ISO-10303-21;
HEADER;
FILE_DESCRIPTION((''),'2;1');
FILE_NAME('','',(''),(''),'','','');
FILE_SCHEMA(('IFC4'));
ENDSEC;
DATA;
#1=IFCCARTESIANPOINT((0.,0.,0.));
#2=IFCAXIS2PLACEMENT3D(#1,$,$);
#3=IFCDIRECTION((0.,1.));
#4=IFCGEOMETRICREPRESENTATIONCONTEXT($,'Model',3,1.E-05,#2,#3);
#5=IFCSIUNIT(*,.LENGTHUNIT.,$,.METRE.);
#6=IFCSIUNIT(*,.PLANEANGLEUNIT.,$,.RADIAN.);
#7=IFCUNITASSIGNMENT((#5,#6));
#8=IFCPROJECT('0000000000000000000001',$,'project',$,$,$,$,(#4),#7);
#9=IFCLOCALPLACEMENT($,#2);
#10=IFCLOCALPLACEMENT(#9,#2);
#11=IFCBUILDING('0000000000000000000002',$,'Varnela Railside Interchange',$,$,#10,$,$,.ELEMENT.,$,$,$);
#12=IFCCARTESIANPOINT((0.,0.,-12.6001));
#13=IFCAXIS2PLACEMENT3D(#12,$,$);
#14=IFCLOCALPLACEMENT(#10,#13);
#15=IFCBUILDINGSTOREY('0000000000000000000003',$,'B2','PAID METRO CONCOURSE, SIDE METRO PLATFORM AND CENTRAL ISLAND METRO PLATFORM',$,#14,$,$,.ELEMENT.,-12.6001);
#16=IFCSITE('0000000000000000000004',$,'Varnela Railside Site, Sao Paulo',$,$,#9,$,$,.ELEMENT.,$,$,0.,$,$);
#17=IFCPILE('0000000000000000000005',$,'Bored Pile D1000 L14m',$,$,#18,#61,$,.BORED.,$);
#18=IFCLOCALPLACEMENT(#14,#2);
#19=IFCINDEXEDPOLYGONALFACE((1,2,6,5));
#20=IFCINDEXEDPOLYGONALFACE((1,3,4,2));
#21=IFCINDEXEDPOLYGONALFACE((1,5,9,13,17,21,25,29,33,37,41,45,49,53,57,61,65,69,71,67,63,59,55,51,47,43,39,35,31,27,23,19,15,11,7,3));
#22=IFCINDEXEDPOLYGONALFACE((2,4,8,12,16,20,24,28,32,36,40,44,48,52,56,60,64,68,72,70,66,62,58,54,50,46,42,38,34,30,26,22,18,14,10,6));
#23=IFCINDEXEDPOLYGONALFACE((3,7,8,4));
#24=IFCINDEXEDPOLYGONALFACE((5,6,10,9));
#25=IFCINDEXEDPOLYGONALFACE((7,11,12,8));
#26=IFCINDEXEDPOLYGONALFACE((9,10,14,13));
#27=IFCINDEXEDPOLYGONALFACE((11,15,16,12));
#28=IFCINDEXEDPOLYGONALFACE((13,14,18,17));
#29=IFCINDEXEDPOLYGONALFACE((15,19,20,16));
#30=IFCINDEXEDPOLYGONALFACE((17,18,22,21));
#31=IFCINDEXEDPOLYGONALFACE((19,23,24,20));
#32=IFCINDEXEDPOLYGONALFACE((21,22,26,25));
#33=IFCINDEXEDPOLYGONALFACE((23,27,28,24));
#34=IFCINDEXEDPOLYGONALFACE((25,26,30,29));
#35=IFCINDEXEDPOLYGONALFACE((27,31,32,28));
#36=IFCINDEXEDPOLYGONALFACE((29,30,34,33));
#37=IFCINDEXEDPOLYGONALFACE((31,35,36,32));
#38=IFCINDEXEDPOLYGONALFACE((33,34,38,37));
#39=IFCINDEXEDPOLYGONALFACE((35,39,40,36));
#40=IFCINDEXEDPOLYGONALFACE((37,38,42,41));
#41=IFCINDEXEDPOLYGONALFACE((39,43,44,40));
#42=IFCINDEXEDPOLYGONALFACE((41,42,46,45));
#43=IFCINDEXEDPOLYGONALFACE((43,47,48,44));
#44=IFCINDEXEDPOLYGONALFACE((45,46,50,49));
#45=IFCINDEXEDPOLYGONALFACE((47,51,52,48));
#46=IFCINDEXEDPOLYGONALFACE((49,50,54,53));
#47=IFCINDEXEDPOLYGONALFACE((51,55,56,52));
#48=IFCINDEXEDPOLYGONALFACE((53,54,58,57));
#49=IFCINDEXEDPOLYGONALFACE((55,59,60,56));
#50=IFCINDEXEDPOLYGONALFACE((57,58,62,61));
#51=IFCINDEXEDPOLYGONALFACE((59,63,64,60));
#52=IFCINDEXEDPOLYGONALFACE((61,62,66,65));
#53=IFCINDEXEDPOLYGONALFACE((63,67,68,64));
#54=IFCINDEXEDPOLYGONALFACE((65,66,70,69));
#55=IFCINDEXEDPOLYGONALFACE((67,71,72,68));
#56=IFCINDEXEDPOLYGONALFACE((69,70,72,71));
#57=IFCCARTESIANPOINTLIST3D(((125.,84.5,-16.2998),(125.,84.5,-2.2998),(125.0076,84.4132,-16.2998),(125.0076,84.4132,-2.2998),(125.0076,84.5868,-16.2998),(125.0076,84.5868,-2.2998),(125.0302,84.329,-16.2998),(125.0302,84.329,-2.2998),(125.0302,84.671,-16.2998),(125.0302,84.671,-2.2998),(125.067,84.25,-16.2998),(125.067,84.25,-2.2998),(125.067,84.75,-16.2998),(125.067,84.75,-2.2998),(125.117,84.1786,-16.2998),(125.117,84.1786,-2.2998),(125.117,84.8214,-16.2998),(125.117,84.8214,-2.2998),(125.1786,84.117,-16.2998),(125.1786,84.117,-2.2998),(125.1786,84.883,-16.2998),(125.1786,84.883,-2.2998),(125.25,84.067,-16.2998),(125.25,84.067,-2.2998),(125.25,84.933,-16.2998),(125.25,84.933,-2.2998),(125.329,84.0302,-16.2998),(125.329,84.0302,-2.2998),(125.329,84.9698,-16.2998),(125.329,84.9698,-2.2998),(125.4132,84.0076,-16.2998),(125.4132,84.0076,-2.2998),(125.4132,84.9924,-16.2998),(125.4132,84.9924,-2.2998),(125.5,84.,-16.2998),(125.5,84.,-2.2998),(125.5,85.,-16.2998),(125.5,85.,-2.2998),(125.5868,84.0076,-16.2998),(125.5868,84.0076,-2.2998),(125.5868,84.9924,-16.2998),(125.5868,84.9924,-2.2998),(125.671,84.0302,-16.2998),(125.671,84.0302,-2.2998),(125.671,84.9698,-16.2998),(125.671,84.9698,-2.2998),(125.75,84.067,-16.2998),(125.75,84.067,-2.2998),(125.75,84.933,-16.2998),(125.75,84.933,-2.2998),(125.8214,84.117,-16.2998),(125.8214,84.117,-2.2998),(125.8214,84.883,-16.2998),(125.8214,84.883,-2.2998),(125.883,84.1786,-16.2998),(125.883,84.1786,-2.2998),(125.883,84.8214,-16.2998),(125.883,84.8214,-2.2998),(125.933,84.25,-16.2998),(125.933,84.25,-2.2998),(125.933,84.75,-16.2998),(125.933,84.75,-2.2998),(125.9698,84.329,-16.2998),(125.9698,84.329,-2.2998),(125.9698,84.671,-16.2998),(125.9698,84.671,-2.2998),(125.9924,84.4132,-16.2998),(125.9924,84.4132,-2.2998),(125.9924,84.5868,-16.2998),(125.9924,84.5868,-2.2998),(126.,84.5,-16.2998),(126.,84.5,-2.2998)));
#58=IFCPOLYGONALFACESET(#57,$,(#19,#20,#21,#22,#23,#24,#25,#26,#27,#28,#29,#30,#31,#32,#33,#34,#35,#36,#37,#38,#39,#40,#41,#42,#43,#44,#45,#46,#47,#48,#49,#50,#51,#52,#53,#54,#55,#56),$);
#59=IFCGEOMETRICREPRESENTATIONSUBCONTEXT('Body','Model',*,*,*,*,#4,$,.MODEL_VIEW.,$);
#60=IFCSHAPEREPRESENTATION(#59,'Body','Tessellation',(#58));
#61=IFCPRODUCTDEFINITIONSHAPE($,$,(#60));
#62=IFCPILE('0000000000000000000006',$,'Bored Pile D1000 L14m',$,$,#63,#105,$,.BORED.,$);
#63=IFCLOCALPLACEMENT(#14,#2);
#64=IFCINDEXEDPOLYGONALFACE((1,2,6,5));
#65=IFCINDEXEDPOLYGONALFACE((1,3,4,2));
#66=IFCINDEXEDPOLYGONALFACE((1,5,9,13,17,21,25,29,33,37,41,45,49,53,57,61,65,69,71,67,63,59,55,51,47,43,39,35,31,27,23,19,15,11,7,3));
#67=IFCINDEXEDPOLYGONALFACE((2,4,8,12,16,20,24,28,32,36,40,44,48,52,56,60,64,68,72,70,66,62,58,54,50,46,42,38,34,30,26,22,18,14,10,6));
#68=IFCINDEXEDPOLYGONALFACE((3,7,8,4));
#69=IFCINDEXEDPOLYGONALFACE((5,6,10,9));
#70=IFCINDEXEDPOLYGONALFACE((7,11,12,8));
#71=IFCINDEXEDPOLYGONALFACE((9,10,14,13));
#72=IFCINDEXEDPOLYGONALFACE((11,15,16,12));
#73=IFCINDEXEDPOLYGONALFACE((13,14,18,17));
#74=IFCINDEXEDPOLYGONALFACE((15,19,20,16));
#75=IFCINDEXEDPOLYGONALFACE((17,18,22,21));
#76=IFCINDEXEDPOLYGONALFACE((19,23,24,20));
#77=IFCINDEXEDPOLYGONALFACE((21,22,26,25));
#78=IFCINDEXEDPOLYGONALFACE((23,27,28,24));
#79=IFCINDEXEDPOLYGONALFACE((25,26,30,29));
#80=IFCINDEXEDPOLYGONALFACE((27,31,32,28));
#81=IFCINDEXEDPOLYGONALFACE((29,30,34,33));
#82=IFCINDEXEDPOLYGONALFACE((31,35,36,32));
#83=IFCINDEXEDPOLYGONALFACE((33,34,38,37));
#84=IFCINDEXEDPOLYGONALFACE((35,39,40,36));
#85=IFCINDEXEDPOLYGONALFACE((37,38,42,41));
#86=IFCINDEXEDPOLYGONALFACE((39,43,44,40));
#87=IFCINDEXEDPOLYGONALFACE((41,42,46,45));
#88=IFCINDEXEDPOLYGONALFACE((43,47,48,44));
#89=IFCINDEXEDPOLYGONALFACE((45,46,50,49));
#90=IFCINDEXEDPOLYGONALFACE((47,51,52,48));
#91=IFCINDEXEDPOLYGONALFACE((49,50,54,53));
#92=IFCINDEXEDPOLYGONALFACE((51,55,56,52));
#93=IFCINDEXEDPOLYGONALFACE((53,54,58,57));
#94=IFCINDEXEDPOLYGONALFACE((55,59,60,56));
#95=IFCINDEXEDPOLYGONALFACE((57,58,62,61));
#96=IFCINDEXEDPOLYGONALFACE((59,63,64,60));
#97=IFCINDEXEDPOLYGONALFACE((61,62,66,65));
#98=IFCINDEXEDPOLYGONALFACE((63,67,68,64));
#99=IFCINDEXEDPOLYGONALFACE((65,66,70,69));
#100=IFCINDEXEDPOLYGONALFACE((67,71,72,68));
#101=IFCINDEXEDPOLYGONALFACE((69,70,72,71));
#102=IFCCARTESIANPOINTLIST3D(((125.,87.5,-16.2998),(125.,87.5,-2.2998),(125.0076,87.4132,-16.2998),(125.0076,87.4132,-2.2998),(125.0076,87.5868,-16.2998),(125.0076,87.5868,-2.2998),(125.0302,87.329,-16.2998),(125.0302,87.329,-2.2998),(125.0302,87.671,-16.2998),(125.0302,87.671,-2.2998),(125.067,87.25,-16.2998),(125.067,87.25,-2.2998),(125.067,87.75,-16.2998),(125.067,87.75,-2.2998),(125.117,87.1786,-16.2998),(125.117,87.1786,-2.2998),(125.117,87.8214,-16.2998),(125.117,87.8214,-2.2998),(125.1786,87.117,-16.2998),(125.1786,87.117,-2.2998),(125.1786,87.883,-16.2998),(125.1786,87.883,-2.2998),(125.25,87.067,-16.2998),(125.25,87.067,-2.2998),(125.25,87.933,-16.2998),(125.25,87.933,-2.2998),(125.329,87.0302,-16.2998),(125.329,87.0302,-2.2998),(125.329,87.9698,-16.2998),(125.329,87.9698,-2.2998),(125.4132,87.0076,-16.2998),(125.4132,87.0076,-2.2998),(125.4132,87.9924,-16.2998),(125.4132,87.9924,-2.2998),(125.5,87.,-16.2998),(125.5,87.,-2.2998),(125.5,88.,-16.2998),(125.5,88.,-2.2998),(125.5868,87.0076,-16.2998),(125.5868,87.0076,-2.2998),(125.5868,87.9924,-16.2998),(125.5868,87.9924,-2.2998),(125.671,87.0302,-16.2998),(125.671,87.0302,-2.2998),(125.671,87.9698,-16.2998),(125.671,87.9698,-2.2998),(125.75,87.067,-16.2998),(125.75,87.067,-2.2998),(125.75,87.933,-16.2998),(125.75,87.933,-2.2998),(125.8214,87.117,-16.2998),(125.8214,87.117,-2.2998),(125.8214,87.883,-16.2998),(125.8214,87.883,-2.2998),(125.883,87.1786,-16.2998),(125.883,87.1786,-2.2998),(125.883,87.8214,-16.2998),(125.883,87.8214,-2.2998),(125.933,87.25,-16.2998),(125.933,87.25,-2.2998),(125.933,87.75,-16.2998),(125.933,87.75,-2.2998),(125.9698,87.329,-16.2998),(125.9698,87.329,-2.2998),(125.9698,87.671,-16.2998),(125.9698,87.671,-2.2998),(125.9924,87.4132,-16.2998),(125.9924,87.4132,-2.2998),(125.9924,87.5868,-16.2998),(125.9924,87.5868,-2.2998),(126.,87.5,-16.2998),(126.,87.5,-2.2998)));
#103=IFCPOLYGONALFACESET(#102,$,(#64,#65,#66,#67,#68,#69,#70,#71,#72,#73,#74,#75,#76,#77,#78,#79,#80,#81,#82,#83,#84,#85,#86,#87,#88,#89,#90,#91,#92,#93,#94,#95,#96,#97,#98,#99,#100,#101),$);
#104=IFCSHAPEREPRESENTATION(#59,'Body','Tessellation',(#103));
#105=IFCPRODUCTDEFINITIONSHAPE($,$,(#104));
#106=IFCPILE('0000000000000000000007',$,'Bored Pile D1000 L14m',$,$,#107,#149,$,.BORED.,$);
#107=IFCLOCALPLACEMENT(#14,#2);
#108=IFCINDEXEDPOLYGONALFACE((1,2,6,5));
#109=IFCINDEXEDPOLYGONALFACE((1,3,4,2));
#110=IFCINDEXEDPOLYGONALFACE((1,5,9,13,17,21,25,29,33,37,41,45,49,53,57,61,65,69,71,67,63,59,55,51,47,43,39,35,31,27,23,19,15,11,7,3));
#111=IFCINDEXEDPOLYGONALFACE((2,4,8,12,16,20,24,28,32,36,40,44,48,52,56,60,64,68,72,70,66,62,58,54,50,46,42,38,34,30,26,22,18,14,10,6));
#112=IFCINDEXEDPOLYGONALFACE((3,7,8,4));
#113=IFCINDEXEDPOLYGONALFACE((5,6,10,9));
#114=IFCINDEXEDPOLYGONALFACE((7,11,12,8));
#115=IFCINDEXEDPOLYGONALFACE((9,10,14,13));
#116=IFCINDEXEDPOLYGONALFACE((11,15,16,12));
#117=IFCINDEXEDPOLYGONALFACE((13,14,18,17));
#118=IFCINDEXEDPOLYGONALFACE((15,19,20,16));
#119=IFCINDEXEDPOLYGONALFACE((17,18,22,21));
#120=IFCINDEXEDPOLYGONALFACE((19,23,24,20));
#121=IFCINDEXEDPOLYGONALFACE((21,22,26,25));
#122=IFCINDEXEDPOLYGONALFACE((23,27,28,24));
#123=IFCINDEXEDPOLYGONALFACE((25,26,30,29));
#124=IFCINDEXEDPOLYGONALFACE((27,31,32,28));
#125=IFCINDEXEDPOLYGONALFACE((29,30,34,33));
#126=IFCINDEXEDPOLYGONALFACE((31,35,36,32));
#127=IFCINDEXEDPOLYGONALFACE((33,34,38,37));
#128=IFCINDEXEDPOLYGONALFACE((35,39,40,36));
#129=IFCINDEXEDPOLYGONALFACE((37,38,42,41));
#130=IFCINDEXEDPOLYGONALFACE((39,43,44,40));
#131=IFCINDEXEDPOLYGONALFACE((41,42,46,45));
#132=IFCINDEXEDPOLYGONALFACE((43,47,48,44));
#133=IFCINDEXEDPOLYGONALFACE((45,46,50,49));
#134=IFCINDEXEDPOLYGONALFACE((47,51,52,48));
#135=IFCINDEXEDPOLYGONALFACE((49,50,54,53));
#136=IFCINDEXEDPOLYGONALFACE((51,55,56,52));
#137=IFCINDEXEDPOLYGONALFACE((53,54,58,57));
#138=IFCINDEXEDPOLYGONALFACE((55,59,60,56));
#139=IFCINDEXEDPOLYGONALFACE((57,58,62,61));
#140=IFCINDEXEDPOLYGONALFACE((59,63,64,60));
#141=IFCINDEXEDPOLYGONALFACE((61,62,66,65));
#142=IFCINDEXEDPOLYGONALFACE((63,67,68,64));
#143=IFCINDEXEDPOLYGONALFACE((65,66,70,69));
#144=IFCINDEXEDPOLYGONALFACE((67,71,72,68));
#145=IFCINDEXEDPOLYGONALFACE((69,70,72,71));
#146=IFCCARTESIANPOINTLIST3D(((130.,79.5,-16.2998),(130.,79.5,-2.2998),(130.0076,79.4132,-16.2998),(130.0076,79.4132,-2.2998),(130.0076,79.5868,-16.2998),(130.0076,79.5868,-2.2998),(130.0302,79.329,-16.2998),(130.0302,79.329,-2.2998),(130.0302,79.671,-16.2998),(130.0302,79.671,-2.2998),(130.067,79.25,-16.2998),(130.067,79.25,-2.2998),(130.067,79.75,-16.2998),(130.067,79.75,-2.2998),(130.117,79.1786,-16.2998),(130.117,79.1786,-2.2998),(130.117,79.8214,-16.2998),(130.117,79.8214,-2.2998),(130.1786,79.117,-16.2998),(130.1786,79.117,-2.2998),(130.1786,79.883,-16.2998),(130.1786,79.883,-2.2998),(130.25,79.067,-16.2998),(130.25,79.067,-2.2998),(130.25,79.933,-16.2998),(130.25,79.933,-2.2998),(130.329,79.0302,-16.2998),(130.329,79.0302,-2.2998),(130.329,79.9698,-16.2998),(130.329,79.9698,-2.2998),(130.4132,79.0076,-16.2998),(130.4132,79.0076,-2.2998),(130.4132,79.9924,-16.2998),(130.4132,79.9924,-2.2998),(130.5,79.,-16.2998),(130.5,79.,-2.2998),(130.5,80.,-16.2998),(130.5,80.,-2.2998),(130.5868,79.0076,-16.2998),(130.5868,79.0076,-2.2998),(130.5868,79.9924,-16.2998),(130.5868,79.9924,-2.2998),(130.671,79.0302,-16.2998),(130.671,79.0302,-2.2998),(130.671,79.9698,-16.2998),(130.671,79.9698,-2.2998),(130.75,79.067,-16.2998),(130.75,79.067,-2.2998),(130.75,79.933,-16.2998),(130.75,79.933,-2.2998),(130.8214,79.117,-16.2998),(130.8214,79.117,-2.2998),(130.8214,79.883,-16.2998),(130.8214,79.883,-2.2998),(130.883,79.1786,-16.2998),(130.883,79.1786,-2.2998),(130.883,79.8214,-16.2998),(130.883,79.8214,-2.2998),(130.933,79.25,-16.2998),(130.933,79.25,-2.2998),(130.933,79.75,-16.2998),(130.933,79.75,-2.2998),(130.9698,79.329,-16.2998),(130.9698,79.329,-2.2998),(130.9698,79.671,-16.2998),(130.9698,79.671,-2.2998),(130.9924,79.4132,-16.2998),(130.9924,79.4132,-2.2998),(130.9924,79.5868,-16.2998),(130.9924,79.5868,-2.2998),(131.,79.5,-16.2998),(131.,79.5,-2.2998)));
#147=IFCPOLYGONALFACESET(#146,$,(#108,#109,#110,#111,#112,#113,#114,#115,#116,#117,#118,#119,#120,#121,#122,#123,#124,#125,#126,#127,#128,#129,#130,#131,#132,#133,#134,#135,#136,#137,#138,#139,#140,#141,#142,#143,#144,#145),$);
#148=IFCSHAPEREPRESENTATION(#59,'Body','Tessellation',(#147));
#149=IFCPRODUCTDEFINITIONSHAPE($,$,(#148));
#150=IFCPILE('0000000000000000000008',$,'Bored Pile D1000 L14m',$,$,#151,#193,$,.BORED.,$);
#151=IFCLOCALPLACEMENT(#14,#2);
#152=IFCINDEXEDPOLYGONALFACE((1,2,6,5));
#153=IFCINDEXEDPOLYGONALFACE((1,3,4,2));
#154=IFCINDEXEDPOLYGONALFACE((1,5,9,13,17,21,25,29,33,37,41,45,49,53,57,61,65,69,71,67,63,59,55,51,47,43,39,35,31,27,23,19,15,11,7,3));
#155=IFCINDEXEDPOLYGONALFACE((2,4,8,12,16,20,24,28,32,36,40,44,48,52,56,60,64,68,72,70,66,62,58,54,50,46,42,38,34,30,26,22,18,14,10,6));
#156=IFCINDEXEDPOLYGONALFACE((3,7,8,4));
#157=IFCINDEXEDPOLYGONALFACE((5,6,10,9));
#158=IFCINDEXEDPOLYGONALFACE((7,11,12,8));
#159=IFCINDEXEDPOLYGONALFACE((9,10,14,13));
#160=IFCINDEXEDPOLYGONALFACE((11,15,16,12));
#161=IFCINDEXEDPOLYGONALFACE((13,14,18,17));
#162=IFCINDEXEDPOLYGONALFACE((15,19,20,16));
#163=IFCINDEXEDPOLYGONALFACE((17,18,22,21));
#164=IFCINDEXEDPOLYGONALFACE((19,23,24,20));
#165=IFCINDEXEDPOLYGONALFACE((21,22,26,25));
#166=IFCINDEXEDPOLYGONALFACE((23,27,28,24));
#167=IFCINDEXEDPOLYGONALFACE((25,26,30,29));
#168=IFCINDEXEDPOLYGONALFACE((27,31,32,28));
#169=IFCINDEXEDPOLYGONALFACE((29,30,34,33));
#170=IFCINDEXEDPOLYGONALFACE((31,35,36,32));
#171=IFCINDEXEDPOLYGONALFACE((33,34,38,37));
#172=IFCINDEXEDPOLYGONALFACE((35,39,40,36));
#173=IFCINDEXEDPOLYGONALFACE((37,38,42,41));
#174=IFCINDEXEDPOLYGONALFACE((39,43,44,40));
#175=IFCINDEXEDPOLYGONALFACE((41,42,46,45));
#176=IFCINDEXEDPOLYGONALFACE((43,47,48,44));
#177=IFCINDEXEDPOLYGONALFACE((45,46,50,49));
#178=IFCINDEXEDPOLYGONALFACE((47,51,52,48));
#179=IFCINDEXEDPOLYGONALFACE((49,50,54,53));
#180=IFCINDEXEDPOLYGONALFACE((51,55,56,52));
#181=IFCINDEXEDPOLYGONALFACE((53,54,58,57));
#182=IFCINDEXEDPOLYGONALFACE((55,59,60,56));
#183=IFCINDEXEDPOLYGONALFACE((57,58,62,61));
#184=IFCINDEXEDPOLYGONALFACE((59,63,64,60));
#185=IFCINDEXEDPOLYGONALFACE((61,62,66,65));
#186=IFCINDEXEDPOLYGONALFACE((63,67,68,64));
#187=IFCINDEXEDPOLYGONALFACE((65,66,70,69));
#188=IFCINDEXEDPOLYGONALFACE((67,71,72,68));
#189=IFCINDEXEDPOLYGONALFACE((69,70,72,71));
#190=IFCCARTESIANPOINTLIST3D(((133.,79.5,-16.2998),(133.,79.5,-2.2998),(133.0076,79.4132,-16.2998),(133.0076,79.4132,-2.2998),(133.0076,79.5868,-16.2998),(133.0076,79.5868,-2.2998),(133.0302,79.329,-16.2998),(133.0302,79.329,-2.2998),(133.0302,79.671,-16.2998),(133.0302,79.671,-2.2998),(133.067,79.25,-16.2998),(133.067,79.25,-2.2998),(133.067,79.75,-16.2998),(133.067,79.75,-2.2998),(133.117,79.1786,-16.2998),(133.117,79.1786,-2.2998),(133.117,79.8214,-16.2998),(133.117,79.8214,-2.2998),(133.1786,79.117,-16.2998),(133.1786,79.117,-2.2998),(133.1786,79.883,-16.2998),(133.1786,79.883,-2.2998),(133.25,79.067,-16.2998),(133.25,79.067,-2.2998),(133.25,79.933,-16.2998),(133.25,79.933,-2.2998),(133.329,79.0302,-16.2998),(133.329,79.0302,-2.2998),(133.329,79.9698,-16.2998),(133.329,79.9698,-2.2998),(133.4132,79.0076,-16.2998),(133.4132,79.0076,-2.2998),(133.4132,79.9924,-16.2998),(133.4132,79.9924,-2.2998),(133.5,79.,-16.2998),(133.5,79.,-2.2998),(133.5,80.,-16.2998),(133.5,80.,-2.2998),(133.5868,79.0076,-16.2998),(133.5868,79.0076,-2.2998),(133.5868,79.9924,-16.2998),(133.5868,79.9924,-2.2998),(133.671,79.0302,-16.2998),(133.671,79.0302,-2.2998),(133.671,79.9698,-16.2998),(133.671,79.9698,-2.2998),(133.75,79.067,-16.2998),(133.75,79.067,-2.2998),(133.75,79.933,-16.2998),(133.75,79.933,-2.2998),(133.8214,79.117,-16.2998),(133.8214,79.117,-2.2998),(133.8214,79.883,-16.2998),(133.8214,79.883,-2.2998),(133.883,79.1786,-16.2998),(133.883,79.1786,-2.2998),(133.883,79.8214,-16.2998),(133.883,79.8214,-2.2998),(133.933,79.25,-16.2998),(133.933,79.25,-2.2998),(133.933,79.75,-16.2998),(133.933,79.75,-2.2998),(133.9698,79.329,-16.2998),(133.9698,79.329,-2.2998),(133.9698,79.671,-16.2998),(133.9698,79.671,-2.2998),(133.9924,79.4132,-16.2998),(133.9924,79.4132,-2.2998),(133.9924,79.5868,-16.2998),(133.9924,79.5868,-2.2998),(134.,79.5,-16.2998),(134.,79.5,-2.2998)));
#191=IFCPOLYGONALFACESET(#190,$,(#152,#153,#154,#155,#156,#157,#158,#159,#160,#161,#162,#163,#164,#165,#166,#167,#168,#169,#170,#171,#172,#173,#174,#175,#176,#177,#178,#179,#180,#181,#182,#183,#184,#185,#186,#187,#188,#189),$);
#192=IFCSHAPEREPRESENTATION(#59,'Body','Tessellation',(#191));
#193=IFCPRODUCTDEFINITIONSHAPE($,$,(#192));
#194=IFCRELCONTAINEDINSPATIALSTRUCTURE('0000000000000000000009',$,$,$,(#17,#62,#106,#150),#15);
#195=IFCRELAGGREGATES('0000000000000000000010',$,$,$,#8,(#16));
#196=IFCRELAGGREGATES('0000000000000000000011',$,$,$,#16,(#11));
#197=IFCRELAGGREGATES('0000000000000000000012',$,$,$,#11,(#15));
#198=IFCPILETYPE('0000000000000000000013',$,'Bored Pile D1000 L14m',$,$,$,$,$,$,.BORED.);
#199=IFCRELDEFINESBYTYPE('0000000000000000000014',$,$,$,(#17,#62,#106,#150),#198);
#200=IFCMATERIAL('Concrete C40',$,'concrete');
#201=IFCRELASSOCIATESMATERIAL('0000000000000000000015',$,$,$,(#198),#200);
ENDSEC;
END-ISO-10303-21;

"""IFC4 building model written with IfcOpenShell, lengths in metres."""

from ifc_helpers import new_model, si_unit, direction, frame, origin, origin_2d, place, context, subcontext, project, spatial, circle, extrude, material, material_profile, profile_set, type_object, element, save


model = new_model("IFC4")

# Units and contexts
model_context = context("Model", 3, precision=1e-05, world=origin(), true_north=direction((0.0, 1.0)))
body_context = subcontext(model_context, "Body", "Model", "MODEL_VIEW")
ifc_project = project(units=[si_unit("LENGTHUNIT", "METRE"), si_unit("PLANEANGLEUNIT", "RADIAN")], contexts=[model_context])

# Site, building, storey
site_placement = place(None, origin())
site = spatial("IfcSite", under=ifc_project, at=site_placement, Name="Varnela Railside Site, Sao Paulo", CompositionType="ELEMENT", RefElevation=0.0)
building_placement = place(site_placement, origin())
building = spatial("IfcBuilding", under=site, at=building_placement, Name="Varnela Railside Interchange", CompositionType="ELEMENT")
storey_placement = place(building_placement, frame((0.0, 0.0, -12.6001)))
storey = spatial("IfcBuildingStorey", under=building, at=storey_placement, Name="B2", Description="PAID METRO CONCOURSE, SIDE METRO PLATFORM AND CENTRAL ISLAND METRO PLATFORM", CompositionType="ELEMENT", Elevation=-12.6001)

# Piles
ifc_material_1 = material(Name="Concrete C40", Category="concrete")
ifc_material_profile_1 = material_profile(ifc_material_1, circle(Radius=0.5, at=origin_2d()), Name="BORED PILE D1000")
ifc_profile_set_1 = profile_set([ifc_material_profile_1], Name="Concrete C40")
pile_type_1 = type_object("IfcPileType", Name="Bored Pile D1000 L14m", PredefinedType="BORED", material=ifc_profile_set_1)
for number, where, z_axis, x_axis, name in (
    (1, (125.5, 84.5, -2.2998), (0.0, 0.0, -1.0), (1.0, 0.0, 0.0), "Bored Pile D1000 L14m"),
    (2, (125.5, 87.5, -2.2998), (0.0, 0.0, -1.0), (1.0, 0.0, 0.0), "Bored Pile D1000 L14m"),
    (3, (130.5, 79.5, -2.2998), (0.0, 0.0, -1.0), (1.0, 0.0, 0.0), "Bored Pile D1000 L14m"),
    (4, (133.5, 79.5, -2.2998), (0.0, 0.0, -1.0), (1.0, 0.0, 0.0), "Bored Pile D1000 L14m"),
):
    element("IfcPile", number, at=place(storey_placement, frame(where, z_axis=z_axis, x_axis=x_axis)), inside=storey, type_object=pile_type_1, Name=name, PredefinedType="BORED", context=body_context, shape_type="SweptSolid", body=[
        extrude(circle(Radius=0.5, at=origin_2d()), origin(), (0.0, 0.0, 1.0), 14.0),
    ])

save(model, "model.ifc")
